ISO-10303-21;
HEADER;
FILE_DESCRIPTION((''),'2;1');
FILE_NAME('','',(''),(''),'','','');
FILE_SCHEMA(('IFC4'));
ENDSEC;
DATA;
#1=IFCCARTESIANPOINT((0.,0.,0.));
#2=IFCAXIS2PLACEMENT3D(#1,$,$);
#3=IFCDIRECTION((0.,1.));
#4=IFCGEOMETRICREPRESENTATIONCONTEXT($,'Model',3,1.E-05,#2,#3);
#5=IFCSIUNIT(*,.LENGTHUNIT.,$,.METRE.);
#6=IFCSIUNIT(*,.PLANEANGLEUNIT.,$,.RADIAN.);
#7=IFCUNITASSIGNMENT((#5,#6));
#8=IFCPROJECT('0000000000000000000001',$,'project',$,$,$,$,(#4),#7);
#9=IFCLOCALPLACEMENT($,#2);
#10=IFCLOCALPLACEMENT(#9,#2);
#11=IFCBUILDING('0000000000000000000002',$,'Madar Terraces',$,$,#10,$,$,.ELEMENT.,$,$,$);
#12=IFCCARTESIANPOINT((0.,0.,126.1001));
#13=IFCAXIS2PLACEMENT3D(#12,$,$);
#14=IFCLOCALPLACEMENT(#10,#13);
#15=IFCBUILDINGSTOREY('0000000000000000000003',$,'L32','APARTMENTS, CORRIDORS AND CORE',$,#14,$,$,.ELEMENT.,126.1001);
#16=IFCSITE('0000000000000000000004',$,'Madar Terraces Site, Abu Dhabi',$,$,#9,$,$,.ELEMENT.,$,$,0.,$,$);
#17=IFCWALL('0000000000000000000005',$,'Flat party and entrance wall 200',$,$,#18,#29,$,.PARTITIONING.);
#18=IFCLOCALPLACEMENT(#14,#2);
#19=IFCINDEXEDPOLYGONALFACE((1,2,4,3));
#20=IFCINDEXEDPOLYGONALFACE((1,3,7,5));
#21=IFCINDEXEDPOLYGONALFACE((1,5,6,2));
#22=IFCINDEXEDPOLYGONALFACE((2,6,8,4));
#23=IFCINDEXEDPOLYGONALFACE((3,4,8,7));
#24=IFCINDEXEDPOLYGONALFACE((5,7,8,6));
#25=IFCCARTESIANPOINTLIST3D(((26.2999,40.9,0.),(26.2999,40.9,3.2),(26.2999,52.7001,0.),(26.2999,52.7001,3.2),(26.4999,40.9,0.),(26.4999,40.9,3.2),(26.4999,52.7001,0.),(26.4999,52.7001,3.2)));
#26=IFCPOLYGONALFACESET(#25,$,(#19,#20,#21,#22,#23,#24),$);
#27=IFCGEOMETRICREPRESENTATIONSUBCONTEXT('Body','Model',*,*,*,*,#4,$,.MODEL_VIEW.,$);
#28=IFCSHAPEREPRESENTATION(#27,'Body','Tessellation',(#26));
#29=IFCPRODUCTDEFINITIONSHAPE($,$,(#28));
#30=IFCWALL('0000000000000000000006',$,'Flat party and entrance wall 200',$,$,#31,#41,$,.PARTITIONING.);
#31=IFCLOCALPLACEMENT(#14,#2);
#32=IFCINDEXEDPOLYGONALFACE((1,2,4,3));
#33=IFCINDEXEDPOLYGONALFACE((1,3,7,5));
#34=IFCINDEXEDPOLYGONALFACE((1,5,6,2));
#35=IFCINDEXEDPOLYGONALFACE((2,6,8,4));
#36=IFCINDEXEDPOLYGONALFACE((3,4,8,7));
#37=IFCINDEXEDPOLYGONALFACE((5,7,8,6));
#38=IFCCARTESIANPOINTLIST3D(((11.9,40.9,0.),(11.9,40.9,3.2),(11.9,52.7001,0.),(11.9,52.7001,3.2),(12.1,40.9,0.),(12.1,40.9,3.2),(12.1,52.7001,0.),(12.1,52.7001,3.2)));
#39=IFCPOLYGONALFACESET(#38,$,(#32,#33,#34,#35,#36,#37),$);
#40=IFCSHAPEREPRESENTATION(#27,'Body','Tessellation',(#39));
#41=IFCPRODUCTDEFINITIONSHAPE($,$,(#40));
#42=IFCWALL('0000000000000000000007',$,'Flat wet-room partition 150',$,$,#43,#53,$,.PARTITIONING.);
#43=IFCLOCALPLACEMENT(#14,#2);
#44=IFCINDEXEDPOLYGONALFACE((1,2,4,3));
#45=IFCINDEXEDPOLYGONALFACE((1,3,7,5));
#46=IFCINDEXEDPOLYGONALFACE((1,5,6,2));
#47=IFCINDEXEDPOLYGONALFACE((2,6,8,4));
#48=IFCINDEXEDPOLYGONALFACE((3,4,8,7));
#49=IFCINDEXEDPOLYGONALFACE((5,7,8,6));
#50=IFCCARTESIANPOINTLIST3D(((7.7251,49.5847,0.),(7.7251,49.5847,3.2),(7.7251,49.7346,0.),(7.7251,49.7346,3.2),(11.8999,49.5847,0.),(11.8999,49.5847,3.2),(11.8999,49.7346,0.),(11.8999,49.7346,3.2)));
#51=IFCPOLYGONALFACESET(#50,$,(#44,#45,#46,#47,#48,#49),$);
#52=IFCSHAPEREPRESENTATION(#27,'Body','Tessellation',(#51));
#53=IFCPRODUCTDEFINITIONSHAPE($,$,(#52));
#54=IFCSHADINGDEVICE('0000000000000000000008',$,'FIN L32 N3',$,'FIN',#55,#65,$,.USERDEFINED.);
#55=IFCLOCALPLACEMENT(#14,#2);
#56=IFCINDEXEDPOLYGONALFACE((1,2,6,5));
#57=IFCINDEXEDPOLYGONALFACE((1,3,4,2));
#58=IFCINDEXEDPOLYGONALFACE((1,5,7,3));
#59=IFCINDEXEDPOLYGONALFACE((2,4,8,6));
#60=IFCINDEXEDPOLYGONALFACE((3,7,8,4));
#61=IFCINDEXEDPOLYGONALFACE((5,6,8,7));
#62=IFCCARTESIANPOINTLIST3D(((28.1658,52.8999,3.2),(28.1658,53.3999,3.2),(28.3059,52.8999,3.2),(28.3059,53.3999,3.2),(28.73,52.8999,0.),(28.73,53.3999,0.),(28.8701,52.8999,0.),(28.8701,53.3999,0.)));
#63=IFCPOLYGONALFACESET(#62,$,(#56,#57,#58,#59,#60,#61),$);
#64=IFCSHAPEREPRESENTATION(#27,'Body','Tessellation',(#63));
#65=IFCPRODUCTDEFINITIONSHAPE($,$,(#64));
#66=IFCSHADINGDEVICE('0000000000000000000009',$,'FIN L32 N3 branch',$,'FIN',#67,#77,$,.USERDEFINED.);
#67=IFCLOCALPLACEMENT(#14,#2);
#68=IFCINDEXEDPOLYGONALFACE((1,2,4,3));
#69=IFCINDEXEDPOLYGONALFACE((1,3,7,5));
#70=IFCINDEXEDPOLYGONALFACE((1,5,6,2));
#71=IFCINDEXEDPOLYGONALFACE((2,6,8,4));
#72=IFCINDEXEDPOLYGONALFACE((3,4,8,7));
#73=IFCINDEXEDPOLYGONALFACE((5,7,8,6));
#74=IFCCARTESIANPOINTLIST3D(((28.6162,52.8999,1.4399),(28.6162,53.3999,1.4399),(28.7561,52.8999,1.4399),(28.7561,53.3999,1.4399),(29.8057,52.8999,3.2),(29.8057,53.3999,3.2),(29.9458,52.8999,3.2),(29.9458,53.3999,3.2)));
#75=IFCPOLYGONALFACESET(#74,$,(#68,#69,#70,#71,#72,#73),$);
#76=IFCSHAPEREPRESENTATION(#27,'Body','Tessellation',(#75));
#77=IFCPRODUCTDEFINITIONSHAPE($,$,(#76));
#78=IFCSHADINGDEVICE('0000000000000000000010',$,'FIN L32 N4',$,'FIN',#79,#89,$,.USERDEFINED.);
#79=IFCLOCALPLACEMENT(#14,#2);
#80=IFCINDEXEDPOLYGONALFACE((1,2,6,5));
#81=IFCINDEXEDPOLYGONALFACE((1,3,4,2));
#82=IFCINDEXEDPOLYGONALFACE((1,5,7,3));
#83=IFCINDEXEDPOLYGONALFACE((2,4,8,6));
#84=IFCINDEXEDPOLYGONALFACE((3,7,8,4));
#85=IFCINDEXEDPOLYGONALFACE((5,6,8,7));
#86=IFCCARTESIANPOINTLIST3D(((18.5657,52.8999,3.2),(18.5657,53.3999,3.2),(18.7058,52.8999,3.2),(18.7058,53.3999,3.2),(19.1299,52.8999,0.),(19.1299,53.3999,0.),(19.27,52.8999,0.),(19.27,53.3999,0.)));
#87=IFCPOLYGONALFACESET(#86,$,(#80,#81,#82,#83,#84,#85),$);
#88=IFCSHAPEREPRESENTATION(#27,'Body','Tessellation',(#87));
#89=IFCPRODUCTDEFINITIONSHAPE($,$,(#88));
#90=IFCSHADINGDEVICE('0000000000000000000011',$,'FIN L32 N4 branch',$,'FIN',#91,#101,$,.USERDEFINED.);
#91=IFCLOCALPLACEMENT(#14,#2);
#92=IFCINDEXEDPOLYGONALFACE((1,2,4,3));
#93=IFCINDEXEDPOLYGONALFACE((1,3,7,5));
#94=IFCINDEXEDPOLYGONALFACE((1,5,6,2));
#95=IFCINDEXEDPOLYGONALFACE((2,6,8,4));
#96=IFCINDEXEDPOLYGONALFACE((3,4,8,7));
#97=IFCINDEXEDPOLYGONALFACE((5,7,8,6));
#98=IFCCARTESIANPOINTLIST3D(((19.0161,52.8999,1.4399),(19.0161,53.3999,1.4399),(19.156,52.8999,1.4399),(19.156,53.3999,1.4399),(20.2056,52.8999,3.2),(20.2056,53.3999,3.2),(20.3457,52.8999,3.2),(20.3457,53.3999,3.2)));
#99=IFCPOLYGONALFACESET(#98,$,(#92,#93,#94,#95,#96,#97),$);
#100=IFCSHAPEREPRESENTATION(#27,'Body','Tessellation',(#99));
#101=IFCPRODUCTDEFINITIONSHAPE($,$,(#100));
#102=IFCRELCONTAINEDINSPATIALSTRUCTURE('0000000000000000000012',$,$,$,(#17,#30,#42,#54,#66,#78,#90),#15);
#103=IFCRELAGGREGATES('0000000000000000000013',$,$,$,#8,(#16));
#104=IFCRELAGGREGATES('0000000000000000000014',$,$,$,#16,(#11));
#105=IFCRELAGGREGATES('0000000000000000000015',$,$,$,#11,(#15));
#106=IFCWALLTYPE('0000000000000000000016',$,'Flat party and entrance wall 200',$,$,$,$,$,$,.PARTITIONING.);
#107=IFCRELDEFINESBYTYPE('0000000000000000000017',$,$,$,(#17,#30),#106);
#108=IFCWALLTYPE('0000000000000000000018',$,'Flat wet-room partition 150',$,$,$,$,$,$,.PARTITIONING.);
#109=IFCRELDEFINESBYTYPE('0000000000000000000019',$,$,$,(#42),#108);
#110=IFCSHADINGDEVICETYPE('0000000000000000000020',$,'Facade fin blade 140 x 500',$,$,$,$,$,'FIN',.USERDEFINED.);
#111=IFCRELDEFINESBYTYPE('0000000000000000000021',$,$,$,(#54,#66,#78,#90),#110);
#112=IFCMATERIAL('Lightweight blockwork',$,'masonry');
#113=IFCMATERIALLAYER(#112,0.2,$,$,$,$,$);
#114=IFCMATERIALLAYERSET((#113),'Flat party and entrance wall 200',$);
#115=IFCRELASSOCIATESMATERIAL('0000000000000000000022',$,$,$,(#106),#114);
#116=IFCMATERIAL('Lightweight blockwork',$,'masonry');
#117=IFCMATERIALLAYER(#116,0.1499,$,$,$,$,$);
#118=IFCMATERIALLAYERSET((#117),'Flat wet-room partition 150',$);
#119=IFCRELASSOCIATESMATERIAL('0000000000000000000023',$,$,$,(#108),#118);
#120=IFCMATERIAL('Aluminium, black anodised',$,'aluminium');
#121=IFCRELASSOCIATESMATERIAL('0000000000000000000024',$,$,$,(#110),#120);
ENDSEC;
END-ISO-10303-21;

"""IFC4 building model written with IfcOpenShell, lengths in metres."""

from ifc_helpers import new_model, si_unit, direction, frame, frame_2d, origin, place, context, subcontext, project, spatial, polyline, rectangle, outline, extrude, material, layer, layer_set, type_object, element, save


model = new_model("IFC4")

# Units and contexts
model_context = context("Model", 3, precision=1e-05, world=origin(), true_north=direction((0.0, 1.0)))
body_context = subcontext(model_context, "Body", "Model", "MODEL_VIEW")
ifc_project = project(units=[si_unit("LENGTHUNIT", "METRE"), si_unit("PLANEANGLEUNIT", "RADIAN")], contexts=[model_context])

# Site, building, storey
site_placement = place(None, origin())
site = spatial("IfcSite", under=ifc_project, at=site_placement, Name="Madar Terraces Site, Abu Dhabi", CompositionType="ELEMENT", RefElevation=0.0)
building_placement = place(site_placement, origin())
building = spatial("IfcBuilding", under=site, at=building_placement, Name="Madar Terraces", CompositionType="ELEMENT")
storey_placement = place(building_placement, frame((0.0, 0.0, 126.1001)))
storey = spatial("IfcBuildingStorey", under=building, at=storey_placement, Name="L32", Description="APARTMENTS, CORRIDORS AND CORE", CompositionType="ELEMENT", Elevation=126.1001)

# Walls
ifc_material_1 = material(Name="Lightweight blockwork", Category="masonry")
ifc_layer_1 = layer(ifc_material_1, 0.2)
ifc_layer_set_1 = layer_set([ifc_layer_1], Name="Flat party and entrance wall 200")
wall_type_1 = type_object("IfcWallType", Name="Flat party and entrance wall 200", PredefinedType="PARTITIONING", material=ifc_layer_set_1)
for number, where, z_axis, x_axis, name in (
    (1, (26.3999, 52.7, 0.0), (0.0, 0.0, 1.0), (0.0, -1.0, 0.0), "Flat party and entrance wall 200"),
    (2, (12.0, 52.7, 0.0), (0.0, 0.0, 1.0), (0.0, -1.0, 0.0), "Flat party and entrance wall 200"),
):
    element("IfcWall", number, at=place(storey_placement, frame(where, z_axis=z_axis, x_axis=x_axis)), inside=storey, type_object=wall_type_1, Name=name, PredefinedType="PARTITIONING", context=body_context, shape_type="SweptSolid", body=[
        extrude(rectangle(XDim=11.8, YDim=0.2, at=frame_2d((5.8999, 0.0))), origin(), (0.0, 0.0, 1.0), 3.2),
    ])
ifc_material_2 = material(Name="Lightweight blockwork", Category="masonry")
ifc_layer_2 = layer(ifc_material_2, 0.1499)
ifc_layer_set_2 = layer_set([ifc_layer_2], Name="Flat wet-room partition 150")
wall_type_2 = type_object("IfcWallType", Name="Flat wet-room partition 150", PredefinedType="PARTITIONING", material=ifc_layer_set_2)
wall_1_placement = place(storey_placement, frame((11.8999, 49.6597, 0.0), z_axis=(0.0, 0.0, 1.0), x_axis=(-1.0, 0.0, 0.0)))
element("IfcWall", 3, at=wall_1_placement, inside=storey, type_object=wall_type_2, Name="Flat wet-room partition 150", PredefinedType="PARTITIONING", context=body_context, shape_type="SweptSolid", body=[
    extrude(rectangle(XDim=4.1748, YDim=0.1499, at=frame_2d((2.0874, 0.0))), origin(), (0.0, 0.0, 1.0), 3.2),
])

# Shading devices
ifc_material_3 = material(Name="Aluminium, black anodised", Category="aluminium")
shading_device_type = type_object("IfcShadingDeviceType", Name="Facade fin blade 140 x 500", ElementType="FIN", PredefinedType="USERDEFINED", material=ifc_material_3)
shading_device_1_placement = place(storey_placement, frame((28.8701, 53.1499, 0.0), z_axis=(0.0, 0.0, 1.0), x_axis=(-1.0, 0.0, 0.0)))
element("IfcShadingDevice", 4, at=shading_device_1_placement, inside=storey, type_object=shading_device_type, Name="FIN L32 N3", ObjectType="FIN", PredefinedType="USERDEFINED", context=body_context, shape_type="SweptSolid", body=[
    extrude(outline(polyline([(0.0, 0.0), (0.1401, 0.0), (0.7043, 3.2), (0.5642, 3.2), (0.0, 0.0)])), frame((0.0, 0.25, 0.0), z_axis=(0.0, -1.0, 0.0), x_axis=(1.0, 0.0, 0.0)), (0.0, 0.0, 1.0), 0.5),
])
shading_device_2_placement = place(storey_placement, frame((28.7561, 53.1499, 1.4399), z_axis=(0.0, 0.0, 1.0), x_axis=(-1.0, 0.0, 0.0)))
element("IfcShadingDevice", 5, at=shading_device_2_placement, inside=storey, type_object=shading_device_type, Name="FIN L32 N3 branch", ObjectType="FIN", PredefinedType="USERDEFINED", context=body_context, shape_type="SweptSolid", body=[
    extrude(outline(polyline([(0.0, 0.0), (0.1399, 0.0), (-1.0496, 1.76), (-1.1897, 1.76), (0.0, 0.0)])), frame((0.0, 0.25, 0.0), z_axis=(0.0, -1.0, 0.0), x_axis=(1.0, 0.0, 0.0)), (0.0, 0.0, 1.0), 0.5),
])
shading_device_3_placement = place(storey_placement, frame((19.27, 53.1499, 0.0), z_axis=(0.0, 0.0, 1.0), x_axis=(-1.0, 0.0, 0.0)))
element("IfcShadingDevice", 6, at=shading_device_3_placement, inside=storey, type_object=shading_device_type, Name="FIN L32 N4", ObjectType="FIN", PredefinedType="USERDEFINED", context=body_context, shape_type="SweptSolid", body=[
    extrude(outline(polyline([(0.0, 0.0), (0.1401, 0.0), (0.7043, 3.2), (0.5642, 3.2), (0.0, 0.0)])), frame((0.0, 0.25, 0.0), z_axis=(0.0, -1.0, 0.0), x_axis=(1.0, 0.0, 0.0)), (0.0, 0.0, 1.0), 0.5),
])
shading_device_4_placement = place(storey_placement, frame((19.156, 53.1499, 1.4399), z_axis=(0.0, 0.0, 1.0), x_axis=(-1.0, 0.0, 0.0)))
element("IfcShadingDevice", 7, at=shading_device_4_placement, inside=storey, type_object=shading_device_type, Name="FIN L32 N4 branch", ObjectType="FIN", PredefinedType="USERDEFINED", context=body_context, shape_type="SweptSolid", body=[
    extrude(outline(polyline([(0.0, 0.0), (0.1399, 0.0), (-1.0496, 1.76), (-1.1897, 1.76), (0.0, 0.0)])), frame((0.0, 0.25, 0.0), z_axis=(0.0, -1.0, 0.0), x_axis=(1.0, 0.0, 0.0)), (0.0, 0.0, 1.0), 0.5),
])

save(model, "model.ifc")
